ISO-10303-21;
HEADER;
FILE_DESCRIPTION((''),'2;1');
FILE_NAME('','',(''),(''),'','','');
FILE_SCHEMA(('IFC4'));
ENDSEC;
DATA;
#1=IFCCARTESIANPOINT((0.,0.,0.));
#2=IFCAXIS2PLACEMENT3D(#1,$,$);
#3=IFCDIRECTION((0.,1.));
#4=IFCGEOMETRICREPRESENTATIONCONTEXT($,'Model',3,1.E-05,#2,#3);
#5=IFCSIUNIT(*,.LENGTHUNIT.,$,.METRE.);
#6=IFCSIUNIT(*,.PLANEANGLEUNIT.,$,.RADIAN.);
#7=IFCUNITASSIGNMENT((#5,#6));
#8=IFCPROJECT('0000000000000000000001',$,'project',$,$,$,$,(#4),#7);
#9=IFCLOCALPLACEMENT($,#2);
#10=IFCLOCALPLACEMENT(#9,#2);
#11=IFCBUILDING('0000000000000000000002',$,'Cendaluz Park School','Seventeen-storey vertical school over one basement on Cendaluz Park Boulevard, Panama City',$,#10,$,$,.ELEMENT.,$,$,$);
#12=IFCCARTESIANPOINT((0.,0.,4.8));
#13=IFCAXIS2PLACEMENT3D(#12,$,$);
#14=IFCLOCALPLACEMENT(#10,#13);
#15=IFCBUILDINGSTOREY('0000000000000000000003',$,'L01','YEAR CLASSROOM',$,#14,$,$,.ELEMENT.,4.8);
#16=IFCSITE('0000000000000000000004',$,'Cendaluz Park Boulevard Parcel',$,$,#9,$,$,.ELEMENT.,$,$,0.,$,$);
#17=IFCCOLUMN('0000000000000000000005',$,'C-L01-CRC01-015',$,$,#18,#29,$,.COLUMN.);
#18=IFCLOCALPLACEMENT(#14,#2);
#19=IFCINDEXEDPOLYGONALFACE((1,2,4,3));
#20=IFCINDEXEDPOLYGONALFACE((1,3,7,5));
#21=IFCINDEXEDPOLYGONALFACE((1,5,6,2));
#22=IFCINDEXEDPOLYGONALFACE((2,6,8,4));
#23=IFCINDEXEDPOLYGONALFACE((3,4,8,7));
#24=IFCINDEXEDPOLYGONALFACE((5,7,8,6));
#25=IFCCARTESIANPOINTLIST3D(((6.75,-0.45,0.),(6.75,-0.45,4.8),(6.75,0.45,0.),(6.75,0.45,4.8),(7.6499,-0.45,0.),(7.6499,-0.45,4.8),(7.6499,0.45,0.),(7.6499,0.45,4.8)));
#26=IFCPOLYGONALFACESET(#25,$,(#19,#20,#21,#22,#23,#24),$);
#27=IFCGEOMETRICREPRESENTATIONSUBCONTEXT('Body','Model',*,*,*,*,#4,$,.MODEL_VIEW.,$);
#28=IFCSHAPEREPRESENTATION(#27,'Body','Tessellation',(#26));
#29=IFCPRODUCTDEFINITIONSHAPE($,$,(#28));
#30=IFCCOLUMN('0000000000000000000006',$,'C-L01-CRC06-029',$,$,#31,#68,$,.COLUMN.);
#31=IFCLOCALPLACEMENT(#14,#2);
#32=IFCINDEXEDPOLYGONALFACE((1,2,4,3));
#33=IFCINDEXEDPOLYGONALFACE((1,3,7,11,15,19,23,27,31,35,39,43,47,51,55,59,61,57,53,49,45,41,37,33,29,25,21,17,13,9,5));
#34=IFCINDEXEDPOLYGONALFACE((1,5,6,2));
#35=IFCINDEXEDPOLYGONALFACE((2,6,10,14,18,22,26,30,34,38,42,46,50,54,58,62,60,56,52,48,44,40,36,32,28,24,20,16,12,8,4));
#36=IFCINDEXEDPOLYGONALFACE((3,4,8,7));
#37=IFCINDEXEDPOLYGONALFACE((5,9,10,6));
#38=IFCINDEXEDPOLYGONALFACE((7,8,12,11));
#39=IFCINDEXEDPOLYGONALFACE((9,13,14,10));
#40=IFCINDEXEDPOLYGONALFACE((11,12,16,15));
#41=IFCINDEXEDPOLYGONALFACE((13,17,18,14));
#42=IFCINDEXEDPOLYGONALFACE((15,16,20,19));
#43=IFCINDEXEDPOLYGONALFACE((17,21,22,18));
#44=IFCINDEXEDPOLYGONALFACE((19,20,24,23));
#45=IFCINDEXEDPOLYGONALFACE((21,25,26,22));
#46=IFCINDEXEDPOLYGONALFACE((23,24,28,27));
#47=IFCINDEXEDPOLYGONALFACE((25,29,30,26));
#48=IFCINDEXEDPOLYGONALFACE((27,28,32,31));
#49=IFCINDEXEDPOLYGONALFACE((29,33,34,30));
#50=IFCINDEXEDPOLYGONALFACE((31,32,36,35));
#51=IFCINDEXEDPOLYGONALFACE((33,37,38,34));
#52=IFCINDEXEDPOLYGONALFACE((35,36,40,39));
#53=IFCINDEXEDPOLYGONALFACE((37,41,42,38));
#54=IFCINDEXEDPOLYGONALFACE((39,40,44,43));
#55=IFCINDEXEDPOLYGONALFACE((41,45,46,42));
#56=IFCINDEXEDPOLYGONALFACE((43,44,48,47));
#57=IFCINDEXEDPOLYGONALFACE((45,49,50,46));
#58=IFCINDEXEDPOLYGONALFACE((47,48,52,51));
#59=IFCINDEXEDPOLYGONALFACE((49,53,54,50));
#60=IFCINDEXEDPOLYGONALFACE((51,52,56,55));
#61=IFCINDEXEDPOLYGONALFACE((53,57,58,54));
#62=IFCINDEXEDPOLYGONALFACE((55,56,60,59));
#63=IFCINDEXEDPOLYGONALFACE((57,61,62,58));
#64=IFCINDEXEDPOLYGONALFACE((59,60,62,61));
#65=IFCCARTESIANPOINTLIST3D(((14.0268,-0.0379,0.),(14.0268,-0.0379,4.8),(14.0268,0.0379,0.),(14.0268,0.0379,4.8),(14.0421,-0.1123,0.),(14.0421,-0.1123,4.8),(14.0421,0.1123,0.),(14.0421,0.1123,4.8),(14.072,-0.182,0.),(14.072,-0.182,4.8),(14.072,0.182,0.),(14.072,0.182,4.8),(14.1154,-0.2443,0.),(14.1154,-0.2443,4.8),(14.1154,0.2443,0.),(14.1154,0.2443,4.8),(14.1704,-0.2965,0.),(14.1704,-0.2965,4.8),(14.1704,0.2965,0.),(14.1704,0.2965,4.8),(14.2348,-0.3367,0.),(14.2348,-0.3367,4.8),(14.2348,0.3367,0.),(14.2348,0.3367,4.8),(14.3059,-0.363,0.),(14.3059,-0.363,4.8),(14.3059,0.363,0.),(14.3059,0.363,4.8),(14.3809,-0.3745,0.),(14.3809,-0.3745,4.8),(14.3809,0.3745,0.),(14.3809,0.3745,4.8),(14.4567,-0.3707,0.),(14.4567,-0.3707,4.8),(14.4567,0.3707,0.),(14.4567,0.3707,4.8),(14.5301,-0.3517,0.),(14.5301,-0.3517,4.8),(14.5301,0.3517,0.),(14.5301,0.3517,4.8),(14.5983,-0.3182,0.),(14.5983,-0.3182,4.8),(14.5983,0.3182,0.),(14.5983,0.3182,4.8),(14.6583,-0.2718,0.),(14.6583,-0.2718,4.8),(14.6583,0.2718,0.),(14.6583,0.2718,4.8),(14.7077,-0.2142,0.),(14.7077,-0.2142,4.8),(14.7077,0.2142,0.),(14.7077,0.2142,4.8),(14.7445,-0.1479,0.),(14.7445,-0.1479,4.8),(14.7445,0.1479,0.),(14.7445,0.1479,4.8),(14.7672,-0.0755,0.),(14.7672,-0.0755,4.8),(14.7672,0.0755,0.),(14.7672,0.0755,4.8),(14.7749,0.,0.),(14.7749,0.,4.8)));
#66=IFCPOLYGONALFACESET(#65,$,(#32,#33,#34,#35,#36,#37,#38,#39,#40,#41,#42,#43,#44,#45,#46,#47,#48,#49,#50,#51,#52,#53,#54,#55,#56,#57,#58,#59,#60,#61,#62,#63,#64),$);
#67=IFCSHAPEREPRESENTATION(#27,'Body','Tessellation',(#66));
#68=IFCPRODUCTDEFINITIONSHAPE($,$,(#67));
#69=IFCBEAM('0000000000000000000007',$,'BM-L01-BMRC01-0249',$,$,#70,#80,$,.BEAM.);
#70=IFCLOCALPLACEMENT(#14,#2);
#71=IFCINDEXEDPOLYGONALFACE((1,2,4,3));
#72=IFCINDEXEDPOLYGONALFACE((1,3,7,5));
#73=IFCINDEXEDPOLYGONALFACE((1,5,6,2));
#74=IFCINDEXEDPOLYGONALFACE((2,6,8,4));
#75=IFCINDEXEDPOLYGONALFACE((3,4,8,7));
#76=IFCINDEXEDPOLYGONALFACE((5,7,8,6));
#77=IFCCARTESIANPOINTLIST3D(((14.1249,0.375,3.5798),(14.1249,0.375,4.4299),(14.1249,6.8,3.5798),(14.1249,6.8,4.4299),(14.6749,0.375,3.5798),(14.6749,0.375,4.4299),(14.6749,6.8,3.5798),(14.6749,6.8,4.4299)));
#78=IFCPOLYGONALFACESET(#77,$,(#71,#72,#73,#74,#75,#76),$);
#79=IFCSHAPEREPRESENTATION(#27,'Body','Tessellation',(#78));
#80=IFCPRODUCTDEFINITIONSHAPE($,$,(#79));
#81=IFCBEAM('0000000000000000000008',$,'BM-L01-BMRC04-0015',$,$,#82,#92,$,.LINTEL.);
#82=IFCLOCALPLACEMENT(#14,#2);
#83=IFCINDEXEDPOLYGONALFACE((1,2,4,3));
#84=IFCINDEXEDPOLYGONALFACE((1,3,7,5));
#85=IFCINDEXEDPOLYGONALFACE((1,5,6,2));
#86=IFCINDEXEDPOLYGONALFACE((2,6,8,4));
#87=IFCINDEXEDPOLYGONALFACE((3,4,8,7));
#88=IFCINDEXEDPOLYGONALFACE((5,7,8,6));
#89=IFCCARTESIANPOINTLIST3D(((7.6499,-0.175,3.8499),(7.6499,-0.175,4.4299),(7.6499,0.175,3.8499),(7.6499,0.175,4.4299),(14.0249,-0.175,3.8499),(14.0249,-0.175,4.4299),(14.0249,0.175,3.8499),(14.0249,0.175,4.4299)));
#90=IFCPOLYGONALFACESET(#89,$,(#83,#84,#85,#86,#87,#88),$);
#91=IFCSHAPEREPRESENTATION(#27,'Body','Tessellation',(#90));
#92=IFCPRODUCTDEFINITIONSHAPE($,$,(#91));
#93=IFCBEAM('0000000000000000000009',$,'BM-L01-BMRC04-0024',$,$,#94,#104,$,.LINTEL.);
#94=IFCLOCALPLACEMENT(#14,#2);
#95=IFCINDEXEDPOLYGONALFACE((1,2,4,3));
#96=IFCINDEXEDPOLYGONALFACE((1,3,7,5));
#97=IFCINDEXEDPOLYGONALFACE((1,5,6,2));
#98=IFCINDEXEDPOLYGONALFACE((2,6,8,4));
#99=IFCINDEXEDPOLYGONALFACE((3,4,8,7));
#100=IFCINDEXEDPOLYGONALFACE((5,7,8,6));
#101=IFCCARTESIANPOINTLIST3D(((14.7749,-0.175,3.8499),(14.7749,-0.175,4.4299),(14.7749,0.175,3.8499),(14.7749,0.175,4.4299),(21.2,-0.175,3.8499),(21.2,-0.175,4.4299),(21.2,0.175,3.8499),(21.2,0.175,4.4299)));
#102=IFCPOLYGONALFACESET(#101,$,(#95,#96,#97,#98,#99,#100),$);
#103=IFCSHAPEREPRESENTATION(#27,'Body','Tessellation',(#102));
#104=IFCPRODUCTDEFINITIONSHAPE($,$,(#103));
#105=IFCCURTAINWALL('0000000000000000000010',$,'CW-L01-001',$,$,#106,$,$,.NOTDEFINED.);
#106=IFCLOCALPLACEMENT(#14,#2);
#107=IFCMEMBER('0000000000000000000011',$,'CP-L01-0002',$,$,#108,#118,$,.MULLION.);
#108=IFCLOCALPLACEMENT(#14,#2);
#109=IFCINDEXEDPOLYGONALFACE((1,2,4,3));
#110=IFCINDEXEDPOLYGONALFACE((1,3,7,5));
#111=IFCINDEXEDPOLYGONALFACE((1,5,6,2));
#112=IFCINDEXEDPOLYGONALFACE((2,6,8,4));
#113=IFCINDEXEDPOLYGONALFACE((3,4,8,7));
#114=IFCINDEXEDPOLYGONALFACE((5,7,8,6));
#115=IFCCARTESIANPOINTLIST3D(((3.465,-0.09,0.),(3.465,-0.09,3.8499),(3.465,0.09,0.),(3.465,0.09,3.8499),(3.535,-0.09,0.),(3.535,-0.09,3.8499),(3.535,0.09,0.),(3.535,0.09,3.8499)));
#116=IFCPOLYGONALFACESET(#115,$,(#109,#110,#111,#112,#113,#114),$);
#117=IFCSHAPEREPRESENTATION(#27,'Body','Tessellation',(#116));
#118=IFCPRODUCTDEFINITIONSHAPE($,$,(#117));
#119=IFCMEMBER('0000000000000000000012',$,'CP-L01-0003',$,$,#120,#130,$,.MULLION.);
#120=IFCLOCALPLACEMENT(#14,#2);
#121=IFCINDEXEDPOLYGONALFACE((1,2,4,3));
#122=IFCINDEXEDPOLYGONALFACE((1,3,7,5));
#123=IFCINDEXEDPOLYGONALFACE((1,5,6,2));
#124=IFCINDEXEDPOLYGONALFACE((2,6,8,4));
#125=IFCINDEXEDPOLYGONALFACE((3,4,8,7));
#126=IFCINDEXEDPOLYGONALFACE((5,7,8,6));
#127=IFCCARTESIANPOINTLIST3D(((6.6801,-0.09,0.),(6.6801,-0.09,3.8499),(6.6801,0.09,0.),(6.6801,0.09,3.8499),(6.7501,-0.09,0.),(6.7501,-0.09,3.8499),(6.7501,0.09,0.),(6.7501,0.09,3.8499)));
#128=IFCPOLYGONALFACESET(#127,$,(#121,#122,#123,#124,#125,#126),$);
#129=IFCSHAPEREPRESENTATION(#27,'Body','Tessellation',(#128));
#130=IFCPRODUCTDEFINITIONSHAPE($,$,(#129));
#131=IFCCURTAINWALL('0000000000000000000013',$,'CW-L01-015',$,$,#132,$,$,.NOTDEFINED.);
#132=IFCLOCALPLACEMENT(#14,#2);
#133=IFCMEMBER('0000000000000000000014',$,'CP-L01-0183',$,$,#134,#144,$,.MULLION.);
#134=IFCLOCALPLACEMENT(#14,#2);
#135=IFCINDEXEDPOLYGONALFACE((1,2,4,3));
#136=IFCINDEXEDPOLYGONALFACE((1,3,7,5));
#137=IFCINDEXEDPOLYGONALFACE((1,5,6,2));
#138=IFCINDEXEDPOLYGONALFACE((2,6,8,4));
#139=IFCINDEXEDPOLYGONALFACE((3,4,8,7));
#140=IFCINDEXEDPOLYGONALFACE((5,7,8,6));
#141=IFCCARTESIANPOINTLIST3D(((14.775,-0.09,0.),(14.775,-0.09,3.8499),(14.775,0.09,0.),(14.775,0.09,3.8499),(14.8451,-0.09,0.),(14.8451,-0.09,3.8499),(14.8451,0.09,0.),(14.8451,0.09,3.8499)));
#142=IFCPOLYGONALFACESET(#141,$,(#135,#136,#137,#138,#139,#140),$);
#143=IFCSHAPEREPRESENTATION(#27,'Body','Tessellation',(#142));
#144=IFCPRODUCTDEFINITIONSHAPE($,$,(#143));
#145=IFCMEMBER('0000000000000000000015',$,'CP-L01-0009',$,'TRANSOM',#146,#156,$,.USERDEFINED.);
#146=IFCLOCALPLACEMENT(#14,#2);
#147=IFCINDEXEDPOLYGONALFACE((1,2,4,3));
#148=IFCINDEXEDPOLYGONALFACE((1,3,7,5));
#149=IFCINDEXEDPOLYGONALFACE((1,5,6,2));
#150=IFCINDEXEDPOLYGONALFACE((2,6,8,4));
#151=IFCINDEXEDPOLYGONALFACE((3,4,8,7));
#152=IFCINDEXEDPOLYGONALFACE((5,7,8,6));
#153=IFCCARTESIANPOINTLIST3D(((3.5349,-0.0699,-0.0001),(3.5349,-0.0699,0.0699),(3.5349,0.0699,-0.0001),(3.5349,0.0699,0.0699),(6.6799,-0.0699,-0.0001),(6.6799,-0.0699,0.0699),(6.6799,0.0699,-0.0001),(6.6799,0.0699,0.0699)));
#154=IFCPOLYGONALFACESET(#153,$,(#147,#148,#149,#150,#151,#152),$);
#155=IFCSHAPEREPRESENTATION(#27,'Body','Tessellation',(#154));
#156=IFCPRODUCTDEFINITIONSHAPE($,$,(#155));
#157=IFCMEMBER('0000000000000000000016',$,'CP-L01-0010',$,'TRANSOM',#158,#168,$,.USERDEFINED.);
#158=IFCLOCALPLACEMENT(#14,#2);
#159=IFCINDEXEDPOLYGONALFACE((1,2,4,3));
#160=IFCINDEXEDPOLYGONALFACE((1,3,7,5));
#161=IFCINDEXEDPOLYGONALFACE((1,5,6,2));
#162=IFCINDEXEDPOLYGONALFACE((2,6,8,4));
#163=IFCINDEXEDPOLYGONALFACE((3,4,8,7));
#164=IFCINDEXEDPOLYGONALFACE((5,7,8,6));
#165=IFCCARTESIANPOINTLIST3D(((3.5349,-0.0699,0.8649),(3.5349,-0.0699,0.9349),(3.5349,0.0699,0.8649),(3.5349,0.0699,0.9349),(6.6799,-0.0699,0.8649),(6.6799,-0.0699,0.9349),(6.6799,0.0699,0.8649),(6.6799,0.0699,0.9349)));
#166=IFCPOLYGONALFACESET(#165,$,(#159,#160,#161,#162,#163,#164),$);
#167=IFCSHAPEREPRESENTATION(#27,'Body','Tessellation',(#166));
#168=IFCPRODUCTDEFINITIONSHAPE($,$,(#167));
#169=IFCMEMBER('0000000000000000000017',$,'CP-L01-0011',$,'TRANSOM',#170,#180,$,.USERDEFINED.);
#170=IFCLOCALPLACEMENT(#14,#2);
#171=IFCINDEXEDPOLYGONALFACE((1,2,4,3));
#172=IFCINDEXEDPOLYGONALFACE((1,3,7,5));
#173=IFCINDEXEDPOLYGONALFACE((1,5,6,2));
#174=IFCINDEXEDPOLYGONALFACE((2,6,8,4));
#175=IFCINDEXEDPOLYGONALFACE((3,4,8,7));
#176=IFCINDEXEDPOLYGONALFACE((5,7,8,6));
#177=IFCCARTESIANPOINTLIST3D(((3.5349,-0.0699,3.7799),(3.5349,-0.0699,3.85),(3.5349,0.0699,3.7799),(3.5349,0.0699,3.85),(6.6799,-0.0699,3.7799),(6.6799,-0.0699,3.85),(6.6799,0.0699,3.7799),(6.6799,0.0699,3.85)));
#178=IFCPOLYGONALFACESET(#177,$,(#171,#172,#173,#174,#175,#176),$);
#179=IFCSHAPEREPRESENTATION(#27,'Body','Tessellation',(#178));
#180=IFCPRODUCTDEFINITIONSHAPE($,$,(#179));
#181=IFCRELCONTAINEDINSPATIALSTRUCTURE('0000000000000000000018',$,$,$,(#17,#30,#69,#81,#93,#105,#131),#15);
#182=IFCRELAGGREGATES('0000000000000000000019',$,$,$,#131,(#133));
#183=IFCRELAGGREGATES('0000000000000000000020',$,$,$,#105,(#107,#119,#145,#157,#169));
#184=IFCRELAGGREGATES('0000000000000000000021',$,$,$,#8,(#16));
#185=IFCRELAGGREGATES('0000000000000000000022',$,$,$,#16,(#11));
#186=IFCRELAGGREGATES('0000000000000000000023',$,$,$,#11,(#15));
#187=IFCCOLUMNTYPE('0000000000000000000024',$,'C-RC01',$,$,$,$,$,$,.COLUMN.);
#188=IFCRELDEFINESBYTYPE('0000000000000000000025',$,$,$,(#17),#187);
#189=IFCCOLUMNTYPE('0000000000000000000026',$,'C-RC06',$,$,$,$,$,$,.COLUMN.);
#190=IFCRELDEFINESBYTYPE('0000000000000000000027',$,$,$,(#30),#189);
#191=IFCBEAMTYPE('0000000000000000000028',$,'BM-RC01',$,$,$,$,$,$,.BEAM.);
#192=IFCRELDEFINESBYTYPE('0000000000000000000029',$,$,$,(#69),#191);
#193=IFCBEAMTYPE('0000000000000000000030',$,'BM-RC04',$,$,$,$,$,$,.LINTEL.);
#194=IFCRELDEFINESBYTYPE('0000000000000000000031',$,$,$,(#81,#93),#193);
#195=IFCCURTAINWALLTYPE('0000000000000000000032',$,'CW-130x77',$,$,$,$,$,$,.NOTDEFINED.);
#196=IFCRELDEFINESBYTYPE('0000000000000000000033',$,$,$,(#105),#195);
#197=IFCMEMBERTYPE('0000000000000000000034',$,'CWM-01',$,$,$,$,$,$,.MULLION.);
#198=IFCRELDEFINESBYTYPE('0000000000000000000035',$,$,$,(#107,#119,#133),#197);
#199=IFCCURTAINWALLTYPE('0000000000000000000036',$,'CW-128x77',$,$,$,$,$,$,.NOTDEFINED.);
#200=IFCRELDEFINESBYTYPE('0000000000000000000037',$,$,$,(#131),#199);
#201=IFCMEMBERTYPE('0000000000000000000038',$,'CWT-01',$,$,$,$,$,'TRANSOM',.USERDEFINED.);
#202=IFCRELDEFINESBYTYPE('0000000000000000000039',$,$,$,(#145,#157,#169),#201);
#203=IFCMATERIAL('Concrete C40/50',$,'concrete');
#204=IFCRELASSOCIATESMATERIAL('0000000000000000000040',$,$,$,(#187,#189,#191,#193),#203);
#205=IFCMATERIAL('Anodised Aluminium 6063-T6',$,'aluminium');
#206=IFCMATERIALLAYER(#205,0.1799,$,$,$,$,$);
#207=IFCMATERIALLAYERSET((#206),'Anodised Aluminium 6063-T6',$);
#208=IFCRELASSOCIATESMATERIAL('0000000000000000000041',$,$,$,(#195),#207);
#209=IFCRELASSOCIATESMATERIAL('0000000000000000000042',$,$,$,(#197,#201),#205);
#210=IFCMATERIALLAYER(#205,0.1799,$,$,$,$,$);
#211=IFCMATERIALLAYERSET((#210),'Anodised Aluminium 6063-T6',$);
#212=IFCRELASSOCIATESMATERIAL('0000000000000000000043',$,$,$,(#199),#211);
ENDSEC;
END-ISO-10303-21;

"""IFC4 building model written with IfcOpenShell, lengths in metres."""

from ifc_helpers import new_model, si_unit, direction, frame, origin, origin_2d, place, context, subcontext, project, spatial, rectangle, circle, extrude, material, layer, layer_set, material_profile, profile_set, type_object, element, aggregate, save


model = new_model("IFC4")

# Units and contexts
model_context = context("Model", 3, precision=1e-05, world=origin(), true_north=direction((0.0, 1.0)))
body_context = subcontext(model_context, "Body", "Model", "MODEL_VIEW")
ifc_project = project(units=[si_unit("LENGTHUNIT", "METRE"), si_unit("PLANEANGLEUNIT", "RADIAN")], contexts=[model_context])

# Site, building, storey
site_placement = place(None, origin())
site = spatial("IfcSite", under=ifc_project, at=site_placement, Name="Cendaluz Park Boulevard Parcel", CompositionType="ELEMENT", RefElevation=0.0)
building_placement = place(site_placement, origin())
building = spatial("IfcBuilding", under=site, at=building_placement, Name="Cendaluz Park School", Description="Seventeen-storey vertical school over one basement on Cendaluz Park Boulevard, Panama City", CompositionType="ELEMENT")
storey_placement = place(building_placement, frame((0.0, 0.0, 4.8)))
storey = spatial("IfcBuildingStorey", under=building, at=storey_placement, Name="L01", Description="YEAR CLASSROOM", CompositionType="ELEMENT", Elevation=4.8)

# Columns
ifc_material_1 = material(Name="Concrete C40/50", Category="concrete")
ifc_material_profile_1 = material_profile(ifc_material_1, rectangle(XDim=0.8999, YDim=0.8999, at=origin_2d()), Name="RC 900x900", Category="concrete")
ifc_profile_set_1 = profile_set([ifc_material_profile_1], Name="Concrete C40/50")
column_type_1 = type_object("IfcColumnType", Name="C-RC01", PredefinedType="COLUMN", material=ifc_profile_set_1)
column_1_placement = place(storey_placement, frame((7.2, 0.0, 0.0), z_axis=(0.0, 0.0, 1.0), x_axis=(1.0, 0.0, 0.0)))
element("IfcColumn", 1, at=column_1_placement, inside=storey, type_object=column_type_1, Name="C-L01-CRC01-015", PredefinedType="COLUMN", context=body_context, shape_type="SweptSolid", body=[
    extrude(rectangle(XDim=0.8999, YDim=0.8999, at=origin_2d()), origin(), (0.0, 0.0, 1.0), 4.8),
])
ifc_material_profile_2 = material_profile(ifc_material_1, circle(Radius=0.375, at=origin_2d()), Name="RC D750", Category="concrete")
ifc_profile_set_2 = profile_set([ifc_material_profile_2], Name="Concrete C40/50")
column_type_2 = type_object("IfcColumnType", Name="C-RC06", PredefinedType="COLUMN", material=ifc_profile_set_2)
column_2_placement = place(storey_placement, frame((14.3999, 0.0, 0.0), z_axis=(0.0, 0.0, 1.0), x_axis=(1.0, 0.0, 0.0)))
element("IfcColumn", 2, at=column_2_placement, inside=storey, type_object=column_type_2, Name="C-L01-CRC06-029", PredefinedType="COLUMN", context=body_context, shape_type="SweptSolid", body=[
    extrude(circle(Radius=0.375, at=origin_2d()), origin(), (0.0, 0.0, 1.0), 4.8),
])

# Beams
ifc_material_profile_3 = material_profile(ifc_material_1, rectangle(XDim=0.55, YDim=0.8501, at=origin_2d()), Name="RC 550x850", Category="concrete")
ifc_profile_set_3 = profile_set([ifc_material_profile_3], Name="Concrete C40/50")
beam_type_1 = type_object("IfcBeamType", Name="BM-RC01", PredefinedType="BEAM", material=ifc_profile_set_3)
beam_1_placement = place(storey_placement, frame((14.3999, 0.375, 4.0049), z_axis=(0.0, 1.0, 0.0), x_axis=(-1.0, 0.0, 0.0)))
element("IfcBeam", 3, at=beam_1_placement, inside=storey, type_object=beam_type_1, Name="BM-L01-BMRC01-0249", PredefinedType="BEAM", context=body_context, shape_type="SweptSolid", body=[
    extrude(rectangle(XDim=0.55, YDim=0.8501, at=origin_2d()), origin(), (0.0, 0.0, 1.0), 6.425),
])
ifc_material_profile_4 = material_profile(ifc_material_1, rectangle(XDim=0.3501, YDim=0.5801, at=origin_2d()), Name="RC 350x580", Category="concrete")
ifc_profile_set_4 = profile_set([ifc_material_profile_4], Name="Concrete C40/50")
beam_type_2 = type_object("IfcBeamType", Name="BM-RC04", PredefinedType="LINTEL", material=ifc_profile_set_4)
beam_2_placement = place(storey_placement, frame((7.6499, 0.0, 4.1399), z_axis=(1.0, 0.0, 0.0), x_axis=(0.0, 1.0, 0.0)))
element("IfcBeam", 4, at=beam_2_placement, inside=storey, type_object=beam_type_2, Name="BM-L01-BMRC04-0015", PredefinedType="LINTEL", context=body_context, shape_type="SweptSolid", body=[
    extrude(rectangle(XDim=0.3501, YDim=0.5801, at=origin_2d()), origin(), (0.0, 0.0, 1.0), 6.375),
])
beam_3_placement = place(storey_placement, frame((14.7749, 0.0, 4.1399), z_axis=(1.0, 0.0, 0.0), x_axis=(0.0, 1.0, 0.0)))
element("IfcBeam", 5, at=beam_3_placement, inside=storey, type_object=beam_type_2, Name="BM-L01-BMRC04-0024", PredefinedType="LINTEL", context=body_context, shape_type="SweptSolid", body=[
    extrude(rectangle(XDim=0.3501, YDim=0.5801, at=origin_2d()), origin(), (0.0, 0.0, 1.0), 6.425),
])

# Curtain wall, members
ifc_material_2 = material(Name="Anodised Aluminium 6063-T6", Category="aluminium")
ifc_layer_1 = layer(ifc_material_2, 0.1799)
ifc_layer_set_1 = layer_set([ifc_layer_1], Name="Anodised Aluminium 6063-T6")
curtain_wall_type_1 = type_object("IfcCurtainWallType", Name="CW-130x77", PredefinedType="NOTDEFINED", material=ifc_layer_set_1)
curtain_wall_1_placement = place(storey_placement, origin())
curtain_wall_1 = element("IfcCurtainWall", 6, at=curtain_wall_1_placement, inside=storey, type_object=curtain_wall_type_1, Name="CW-L01-001", PredefinedType="NOTDEFINED")
ifc_material_profile_5 = material_profile(ifc_material_2, rectangle(XDim=0.1799, YDim=0.0701, at=origin_2d()), Name="CWM 180x70", Category="aluminium")
ifc_profile_set_5 = profile_set([ifc_material_profile_5], Name="Anodised Aluminium 6063-T6")
member_type_1 = type_object("IfcMemberType", Name="CWM-01", PredefinedType="MULLION", material=ifc_profile_set_5)
member_1_placement = place(storey_placement, frame((3.5, 0.0, 0.0), z_axis=(0.0, 0.0, 1.0), x_axis=(0.0, 1.0, 0.0)))
member_1 = element("IfcMember", 7, at=member_1_placement, type_object=member_type_1, Name="CP-L01-0002", PredefinedType="MULLION", context=body_context, shape_type="SweptSolid", body=[
    extrude(rectangle(XDim=0.1799, YDim=0.0701, at=origin_2d()), origin(), (0.0, 0.0, 1.0), 3.8499),
])
member_2_placement = place(storey_placement, frame((6.7151, 0.0, 0.0), z_axis=(0.0, 0.0, 1.0), x_axis=(0.0, 1.0, 0.0)))
member_2 = element("IfcMember", 8, at=member_2_placement, type_object=member_type_1, Name="CP-L01-0003", PredefinedType="MULLION", context=body_context, shape_type="SweptSolid", body=[
    extrude(rectangle(XDim=0.1799, YDim=0.0701, at=origin_2d()), origin(), (0.0, 0.0, 1.0), 3.8499),
])

# Curtain wall, member
ifc_layer_2 = layer(ifc_material_2, 0.1799)
ifc_layer_set_2 = layer_set([ifc_layer_2], Name="Anodised Aluminium 6063-T6")
curtain_wall_type_2 = type_object("IfcCurtainWallType", Name="CW-128x77", PredefinedType="NOTDEFINED", material=ifc_layer_set_2)
curtain_wall_2_placement = place(storey_placement, origin())
curtain_wall_2 = element("IfcCurtainWall", 9, at=curtain_wall_2_placement, inside=storey, type_object=curtain_wall_type_2, Name="CW-L01-015", PredefinedType="NOTDEFINED")
member_3_placement = place(storey_placement, frame((14.8101, 0.0, 0.0), z_axis=(0.0, 0.0, 1.0), x_axis=(0.0, 1.0, 0.0)))
member_3 = element("IfcMember", 10, at=member_3_placement, type_object=member_type_1, Name="CP-L01-0183", PredefinedType="MULLION", context=body_context, shape_type="SweptSolid", body=[
    extrude(rectangle(XDim=0.1799, YDim=0.0701, at=origin_2d()), origin(), (0.0, 0.0, 1.0), 3.8499),
])

# Members
ifc_material_profile_6 = material_profile(ifc_material_2, rectangle(XDim=0.1399, YDim=0.0701, at=origin_2d()), Name="CWT 140x70", Category="aluminium")
ifc_profile_set_6 = profile_set([ifc_material_profile_6], Name="Anodised Aluminium 6063-T6")
member_type_2 = type_object("IfcMemberType", Name="CWT-01", ElementType="TRANSOM", PredefinedType="USERDEFINED", material=ifc_profile_set_6)
member_4_placement = place(storey_placement, frame((3.5349, 0.0, 0.0349), z_axis=(1.0, 0.0, 0.0), x_axis=(0.0, 1.0, 0.0)))
member_4 = element("IfcMember", 11, at=member_4_placement, type_object=member_type_2, Name="CP-L01-0009", ObjectType="TRANSOM", PredefinedType="USERDEFINED", context=body_context, shape_type="SweptSolid", body=[
    extrude(rectangle(XDim=0.1399, YDim=0.0701, at=origin_2d()), origin(), (0.0, 0.0, 1.0), 3.145),
])
member_5_placement = place(storey_placement, frame((3.5349, 0.0, 0.8999), z_axis=(1.0, 0.0, 0.0), x_axis=(0.0, 1.0, 0.0)))
member_5 = element("IfcMember", 12, at=member_5_placement, type_object=member_type_2, Name="CP-L01-0010", ObjectType="TRANSOM", PredefinedType="USERDEFINED", context=body_context, shape_type="SweptSolid", body=[
    extrude(rectangle(XDim=0.1399, YDim=0.0701, at=origin_2d()), origin(), (0.0, 0.0, 1.0), 3.145),
])
member_6_placement = place(storey_placement, frame((3.5349, 0.0, 3.8149), z_axis=(1.0, 0.0, 0.0), x_axis=(0.0, 1.0, 0.0)))
member_6 = element("IfcMember", 13, at=member_6_placement, type_object=member_type_2, Name="CP-L01-0011", ObjectType="TRANSOM", PredefinedType="USERDEFINED", context=body_context, shape_type="SweptSolid", body=[
    extrude(rectangle(XDim=0.1399, YDim=0.0701, at=origin_2d()), origin(), (0.0, 0.0, 1.0), 3.145),
])
aggregate(curtain_wall_2, [member_3])

aggregate(curtain_wall_1, [member_1, member_2, member_4, member_5, member_6])

save(model, "model.ifc")
